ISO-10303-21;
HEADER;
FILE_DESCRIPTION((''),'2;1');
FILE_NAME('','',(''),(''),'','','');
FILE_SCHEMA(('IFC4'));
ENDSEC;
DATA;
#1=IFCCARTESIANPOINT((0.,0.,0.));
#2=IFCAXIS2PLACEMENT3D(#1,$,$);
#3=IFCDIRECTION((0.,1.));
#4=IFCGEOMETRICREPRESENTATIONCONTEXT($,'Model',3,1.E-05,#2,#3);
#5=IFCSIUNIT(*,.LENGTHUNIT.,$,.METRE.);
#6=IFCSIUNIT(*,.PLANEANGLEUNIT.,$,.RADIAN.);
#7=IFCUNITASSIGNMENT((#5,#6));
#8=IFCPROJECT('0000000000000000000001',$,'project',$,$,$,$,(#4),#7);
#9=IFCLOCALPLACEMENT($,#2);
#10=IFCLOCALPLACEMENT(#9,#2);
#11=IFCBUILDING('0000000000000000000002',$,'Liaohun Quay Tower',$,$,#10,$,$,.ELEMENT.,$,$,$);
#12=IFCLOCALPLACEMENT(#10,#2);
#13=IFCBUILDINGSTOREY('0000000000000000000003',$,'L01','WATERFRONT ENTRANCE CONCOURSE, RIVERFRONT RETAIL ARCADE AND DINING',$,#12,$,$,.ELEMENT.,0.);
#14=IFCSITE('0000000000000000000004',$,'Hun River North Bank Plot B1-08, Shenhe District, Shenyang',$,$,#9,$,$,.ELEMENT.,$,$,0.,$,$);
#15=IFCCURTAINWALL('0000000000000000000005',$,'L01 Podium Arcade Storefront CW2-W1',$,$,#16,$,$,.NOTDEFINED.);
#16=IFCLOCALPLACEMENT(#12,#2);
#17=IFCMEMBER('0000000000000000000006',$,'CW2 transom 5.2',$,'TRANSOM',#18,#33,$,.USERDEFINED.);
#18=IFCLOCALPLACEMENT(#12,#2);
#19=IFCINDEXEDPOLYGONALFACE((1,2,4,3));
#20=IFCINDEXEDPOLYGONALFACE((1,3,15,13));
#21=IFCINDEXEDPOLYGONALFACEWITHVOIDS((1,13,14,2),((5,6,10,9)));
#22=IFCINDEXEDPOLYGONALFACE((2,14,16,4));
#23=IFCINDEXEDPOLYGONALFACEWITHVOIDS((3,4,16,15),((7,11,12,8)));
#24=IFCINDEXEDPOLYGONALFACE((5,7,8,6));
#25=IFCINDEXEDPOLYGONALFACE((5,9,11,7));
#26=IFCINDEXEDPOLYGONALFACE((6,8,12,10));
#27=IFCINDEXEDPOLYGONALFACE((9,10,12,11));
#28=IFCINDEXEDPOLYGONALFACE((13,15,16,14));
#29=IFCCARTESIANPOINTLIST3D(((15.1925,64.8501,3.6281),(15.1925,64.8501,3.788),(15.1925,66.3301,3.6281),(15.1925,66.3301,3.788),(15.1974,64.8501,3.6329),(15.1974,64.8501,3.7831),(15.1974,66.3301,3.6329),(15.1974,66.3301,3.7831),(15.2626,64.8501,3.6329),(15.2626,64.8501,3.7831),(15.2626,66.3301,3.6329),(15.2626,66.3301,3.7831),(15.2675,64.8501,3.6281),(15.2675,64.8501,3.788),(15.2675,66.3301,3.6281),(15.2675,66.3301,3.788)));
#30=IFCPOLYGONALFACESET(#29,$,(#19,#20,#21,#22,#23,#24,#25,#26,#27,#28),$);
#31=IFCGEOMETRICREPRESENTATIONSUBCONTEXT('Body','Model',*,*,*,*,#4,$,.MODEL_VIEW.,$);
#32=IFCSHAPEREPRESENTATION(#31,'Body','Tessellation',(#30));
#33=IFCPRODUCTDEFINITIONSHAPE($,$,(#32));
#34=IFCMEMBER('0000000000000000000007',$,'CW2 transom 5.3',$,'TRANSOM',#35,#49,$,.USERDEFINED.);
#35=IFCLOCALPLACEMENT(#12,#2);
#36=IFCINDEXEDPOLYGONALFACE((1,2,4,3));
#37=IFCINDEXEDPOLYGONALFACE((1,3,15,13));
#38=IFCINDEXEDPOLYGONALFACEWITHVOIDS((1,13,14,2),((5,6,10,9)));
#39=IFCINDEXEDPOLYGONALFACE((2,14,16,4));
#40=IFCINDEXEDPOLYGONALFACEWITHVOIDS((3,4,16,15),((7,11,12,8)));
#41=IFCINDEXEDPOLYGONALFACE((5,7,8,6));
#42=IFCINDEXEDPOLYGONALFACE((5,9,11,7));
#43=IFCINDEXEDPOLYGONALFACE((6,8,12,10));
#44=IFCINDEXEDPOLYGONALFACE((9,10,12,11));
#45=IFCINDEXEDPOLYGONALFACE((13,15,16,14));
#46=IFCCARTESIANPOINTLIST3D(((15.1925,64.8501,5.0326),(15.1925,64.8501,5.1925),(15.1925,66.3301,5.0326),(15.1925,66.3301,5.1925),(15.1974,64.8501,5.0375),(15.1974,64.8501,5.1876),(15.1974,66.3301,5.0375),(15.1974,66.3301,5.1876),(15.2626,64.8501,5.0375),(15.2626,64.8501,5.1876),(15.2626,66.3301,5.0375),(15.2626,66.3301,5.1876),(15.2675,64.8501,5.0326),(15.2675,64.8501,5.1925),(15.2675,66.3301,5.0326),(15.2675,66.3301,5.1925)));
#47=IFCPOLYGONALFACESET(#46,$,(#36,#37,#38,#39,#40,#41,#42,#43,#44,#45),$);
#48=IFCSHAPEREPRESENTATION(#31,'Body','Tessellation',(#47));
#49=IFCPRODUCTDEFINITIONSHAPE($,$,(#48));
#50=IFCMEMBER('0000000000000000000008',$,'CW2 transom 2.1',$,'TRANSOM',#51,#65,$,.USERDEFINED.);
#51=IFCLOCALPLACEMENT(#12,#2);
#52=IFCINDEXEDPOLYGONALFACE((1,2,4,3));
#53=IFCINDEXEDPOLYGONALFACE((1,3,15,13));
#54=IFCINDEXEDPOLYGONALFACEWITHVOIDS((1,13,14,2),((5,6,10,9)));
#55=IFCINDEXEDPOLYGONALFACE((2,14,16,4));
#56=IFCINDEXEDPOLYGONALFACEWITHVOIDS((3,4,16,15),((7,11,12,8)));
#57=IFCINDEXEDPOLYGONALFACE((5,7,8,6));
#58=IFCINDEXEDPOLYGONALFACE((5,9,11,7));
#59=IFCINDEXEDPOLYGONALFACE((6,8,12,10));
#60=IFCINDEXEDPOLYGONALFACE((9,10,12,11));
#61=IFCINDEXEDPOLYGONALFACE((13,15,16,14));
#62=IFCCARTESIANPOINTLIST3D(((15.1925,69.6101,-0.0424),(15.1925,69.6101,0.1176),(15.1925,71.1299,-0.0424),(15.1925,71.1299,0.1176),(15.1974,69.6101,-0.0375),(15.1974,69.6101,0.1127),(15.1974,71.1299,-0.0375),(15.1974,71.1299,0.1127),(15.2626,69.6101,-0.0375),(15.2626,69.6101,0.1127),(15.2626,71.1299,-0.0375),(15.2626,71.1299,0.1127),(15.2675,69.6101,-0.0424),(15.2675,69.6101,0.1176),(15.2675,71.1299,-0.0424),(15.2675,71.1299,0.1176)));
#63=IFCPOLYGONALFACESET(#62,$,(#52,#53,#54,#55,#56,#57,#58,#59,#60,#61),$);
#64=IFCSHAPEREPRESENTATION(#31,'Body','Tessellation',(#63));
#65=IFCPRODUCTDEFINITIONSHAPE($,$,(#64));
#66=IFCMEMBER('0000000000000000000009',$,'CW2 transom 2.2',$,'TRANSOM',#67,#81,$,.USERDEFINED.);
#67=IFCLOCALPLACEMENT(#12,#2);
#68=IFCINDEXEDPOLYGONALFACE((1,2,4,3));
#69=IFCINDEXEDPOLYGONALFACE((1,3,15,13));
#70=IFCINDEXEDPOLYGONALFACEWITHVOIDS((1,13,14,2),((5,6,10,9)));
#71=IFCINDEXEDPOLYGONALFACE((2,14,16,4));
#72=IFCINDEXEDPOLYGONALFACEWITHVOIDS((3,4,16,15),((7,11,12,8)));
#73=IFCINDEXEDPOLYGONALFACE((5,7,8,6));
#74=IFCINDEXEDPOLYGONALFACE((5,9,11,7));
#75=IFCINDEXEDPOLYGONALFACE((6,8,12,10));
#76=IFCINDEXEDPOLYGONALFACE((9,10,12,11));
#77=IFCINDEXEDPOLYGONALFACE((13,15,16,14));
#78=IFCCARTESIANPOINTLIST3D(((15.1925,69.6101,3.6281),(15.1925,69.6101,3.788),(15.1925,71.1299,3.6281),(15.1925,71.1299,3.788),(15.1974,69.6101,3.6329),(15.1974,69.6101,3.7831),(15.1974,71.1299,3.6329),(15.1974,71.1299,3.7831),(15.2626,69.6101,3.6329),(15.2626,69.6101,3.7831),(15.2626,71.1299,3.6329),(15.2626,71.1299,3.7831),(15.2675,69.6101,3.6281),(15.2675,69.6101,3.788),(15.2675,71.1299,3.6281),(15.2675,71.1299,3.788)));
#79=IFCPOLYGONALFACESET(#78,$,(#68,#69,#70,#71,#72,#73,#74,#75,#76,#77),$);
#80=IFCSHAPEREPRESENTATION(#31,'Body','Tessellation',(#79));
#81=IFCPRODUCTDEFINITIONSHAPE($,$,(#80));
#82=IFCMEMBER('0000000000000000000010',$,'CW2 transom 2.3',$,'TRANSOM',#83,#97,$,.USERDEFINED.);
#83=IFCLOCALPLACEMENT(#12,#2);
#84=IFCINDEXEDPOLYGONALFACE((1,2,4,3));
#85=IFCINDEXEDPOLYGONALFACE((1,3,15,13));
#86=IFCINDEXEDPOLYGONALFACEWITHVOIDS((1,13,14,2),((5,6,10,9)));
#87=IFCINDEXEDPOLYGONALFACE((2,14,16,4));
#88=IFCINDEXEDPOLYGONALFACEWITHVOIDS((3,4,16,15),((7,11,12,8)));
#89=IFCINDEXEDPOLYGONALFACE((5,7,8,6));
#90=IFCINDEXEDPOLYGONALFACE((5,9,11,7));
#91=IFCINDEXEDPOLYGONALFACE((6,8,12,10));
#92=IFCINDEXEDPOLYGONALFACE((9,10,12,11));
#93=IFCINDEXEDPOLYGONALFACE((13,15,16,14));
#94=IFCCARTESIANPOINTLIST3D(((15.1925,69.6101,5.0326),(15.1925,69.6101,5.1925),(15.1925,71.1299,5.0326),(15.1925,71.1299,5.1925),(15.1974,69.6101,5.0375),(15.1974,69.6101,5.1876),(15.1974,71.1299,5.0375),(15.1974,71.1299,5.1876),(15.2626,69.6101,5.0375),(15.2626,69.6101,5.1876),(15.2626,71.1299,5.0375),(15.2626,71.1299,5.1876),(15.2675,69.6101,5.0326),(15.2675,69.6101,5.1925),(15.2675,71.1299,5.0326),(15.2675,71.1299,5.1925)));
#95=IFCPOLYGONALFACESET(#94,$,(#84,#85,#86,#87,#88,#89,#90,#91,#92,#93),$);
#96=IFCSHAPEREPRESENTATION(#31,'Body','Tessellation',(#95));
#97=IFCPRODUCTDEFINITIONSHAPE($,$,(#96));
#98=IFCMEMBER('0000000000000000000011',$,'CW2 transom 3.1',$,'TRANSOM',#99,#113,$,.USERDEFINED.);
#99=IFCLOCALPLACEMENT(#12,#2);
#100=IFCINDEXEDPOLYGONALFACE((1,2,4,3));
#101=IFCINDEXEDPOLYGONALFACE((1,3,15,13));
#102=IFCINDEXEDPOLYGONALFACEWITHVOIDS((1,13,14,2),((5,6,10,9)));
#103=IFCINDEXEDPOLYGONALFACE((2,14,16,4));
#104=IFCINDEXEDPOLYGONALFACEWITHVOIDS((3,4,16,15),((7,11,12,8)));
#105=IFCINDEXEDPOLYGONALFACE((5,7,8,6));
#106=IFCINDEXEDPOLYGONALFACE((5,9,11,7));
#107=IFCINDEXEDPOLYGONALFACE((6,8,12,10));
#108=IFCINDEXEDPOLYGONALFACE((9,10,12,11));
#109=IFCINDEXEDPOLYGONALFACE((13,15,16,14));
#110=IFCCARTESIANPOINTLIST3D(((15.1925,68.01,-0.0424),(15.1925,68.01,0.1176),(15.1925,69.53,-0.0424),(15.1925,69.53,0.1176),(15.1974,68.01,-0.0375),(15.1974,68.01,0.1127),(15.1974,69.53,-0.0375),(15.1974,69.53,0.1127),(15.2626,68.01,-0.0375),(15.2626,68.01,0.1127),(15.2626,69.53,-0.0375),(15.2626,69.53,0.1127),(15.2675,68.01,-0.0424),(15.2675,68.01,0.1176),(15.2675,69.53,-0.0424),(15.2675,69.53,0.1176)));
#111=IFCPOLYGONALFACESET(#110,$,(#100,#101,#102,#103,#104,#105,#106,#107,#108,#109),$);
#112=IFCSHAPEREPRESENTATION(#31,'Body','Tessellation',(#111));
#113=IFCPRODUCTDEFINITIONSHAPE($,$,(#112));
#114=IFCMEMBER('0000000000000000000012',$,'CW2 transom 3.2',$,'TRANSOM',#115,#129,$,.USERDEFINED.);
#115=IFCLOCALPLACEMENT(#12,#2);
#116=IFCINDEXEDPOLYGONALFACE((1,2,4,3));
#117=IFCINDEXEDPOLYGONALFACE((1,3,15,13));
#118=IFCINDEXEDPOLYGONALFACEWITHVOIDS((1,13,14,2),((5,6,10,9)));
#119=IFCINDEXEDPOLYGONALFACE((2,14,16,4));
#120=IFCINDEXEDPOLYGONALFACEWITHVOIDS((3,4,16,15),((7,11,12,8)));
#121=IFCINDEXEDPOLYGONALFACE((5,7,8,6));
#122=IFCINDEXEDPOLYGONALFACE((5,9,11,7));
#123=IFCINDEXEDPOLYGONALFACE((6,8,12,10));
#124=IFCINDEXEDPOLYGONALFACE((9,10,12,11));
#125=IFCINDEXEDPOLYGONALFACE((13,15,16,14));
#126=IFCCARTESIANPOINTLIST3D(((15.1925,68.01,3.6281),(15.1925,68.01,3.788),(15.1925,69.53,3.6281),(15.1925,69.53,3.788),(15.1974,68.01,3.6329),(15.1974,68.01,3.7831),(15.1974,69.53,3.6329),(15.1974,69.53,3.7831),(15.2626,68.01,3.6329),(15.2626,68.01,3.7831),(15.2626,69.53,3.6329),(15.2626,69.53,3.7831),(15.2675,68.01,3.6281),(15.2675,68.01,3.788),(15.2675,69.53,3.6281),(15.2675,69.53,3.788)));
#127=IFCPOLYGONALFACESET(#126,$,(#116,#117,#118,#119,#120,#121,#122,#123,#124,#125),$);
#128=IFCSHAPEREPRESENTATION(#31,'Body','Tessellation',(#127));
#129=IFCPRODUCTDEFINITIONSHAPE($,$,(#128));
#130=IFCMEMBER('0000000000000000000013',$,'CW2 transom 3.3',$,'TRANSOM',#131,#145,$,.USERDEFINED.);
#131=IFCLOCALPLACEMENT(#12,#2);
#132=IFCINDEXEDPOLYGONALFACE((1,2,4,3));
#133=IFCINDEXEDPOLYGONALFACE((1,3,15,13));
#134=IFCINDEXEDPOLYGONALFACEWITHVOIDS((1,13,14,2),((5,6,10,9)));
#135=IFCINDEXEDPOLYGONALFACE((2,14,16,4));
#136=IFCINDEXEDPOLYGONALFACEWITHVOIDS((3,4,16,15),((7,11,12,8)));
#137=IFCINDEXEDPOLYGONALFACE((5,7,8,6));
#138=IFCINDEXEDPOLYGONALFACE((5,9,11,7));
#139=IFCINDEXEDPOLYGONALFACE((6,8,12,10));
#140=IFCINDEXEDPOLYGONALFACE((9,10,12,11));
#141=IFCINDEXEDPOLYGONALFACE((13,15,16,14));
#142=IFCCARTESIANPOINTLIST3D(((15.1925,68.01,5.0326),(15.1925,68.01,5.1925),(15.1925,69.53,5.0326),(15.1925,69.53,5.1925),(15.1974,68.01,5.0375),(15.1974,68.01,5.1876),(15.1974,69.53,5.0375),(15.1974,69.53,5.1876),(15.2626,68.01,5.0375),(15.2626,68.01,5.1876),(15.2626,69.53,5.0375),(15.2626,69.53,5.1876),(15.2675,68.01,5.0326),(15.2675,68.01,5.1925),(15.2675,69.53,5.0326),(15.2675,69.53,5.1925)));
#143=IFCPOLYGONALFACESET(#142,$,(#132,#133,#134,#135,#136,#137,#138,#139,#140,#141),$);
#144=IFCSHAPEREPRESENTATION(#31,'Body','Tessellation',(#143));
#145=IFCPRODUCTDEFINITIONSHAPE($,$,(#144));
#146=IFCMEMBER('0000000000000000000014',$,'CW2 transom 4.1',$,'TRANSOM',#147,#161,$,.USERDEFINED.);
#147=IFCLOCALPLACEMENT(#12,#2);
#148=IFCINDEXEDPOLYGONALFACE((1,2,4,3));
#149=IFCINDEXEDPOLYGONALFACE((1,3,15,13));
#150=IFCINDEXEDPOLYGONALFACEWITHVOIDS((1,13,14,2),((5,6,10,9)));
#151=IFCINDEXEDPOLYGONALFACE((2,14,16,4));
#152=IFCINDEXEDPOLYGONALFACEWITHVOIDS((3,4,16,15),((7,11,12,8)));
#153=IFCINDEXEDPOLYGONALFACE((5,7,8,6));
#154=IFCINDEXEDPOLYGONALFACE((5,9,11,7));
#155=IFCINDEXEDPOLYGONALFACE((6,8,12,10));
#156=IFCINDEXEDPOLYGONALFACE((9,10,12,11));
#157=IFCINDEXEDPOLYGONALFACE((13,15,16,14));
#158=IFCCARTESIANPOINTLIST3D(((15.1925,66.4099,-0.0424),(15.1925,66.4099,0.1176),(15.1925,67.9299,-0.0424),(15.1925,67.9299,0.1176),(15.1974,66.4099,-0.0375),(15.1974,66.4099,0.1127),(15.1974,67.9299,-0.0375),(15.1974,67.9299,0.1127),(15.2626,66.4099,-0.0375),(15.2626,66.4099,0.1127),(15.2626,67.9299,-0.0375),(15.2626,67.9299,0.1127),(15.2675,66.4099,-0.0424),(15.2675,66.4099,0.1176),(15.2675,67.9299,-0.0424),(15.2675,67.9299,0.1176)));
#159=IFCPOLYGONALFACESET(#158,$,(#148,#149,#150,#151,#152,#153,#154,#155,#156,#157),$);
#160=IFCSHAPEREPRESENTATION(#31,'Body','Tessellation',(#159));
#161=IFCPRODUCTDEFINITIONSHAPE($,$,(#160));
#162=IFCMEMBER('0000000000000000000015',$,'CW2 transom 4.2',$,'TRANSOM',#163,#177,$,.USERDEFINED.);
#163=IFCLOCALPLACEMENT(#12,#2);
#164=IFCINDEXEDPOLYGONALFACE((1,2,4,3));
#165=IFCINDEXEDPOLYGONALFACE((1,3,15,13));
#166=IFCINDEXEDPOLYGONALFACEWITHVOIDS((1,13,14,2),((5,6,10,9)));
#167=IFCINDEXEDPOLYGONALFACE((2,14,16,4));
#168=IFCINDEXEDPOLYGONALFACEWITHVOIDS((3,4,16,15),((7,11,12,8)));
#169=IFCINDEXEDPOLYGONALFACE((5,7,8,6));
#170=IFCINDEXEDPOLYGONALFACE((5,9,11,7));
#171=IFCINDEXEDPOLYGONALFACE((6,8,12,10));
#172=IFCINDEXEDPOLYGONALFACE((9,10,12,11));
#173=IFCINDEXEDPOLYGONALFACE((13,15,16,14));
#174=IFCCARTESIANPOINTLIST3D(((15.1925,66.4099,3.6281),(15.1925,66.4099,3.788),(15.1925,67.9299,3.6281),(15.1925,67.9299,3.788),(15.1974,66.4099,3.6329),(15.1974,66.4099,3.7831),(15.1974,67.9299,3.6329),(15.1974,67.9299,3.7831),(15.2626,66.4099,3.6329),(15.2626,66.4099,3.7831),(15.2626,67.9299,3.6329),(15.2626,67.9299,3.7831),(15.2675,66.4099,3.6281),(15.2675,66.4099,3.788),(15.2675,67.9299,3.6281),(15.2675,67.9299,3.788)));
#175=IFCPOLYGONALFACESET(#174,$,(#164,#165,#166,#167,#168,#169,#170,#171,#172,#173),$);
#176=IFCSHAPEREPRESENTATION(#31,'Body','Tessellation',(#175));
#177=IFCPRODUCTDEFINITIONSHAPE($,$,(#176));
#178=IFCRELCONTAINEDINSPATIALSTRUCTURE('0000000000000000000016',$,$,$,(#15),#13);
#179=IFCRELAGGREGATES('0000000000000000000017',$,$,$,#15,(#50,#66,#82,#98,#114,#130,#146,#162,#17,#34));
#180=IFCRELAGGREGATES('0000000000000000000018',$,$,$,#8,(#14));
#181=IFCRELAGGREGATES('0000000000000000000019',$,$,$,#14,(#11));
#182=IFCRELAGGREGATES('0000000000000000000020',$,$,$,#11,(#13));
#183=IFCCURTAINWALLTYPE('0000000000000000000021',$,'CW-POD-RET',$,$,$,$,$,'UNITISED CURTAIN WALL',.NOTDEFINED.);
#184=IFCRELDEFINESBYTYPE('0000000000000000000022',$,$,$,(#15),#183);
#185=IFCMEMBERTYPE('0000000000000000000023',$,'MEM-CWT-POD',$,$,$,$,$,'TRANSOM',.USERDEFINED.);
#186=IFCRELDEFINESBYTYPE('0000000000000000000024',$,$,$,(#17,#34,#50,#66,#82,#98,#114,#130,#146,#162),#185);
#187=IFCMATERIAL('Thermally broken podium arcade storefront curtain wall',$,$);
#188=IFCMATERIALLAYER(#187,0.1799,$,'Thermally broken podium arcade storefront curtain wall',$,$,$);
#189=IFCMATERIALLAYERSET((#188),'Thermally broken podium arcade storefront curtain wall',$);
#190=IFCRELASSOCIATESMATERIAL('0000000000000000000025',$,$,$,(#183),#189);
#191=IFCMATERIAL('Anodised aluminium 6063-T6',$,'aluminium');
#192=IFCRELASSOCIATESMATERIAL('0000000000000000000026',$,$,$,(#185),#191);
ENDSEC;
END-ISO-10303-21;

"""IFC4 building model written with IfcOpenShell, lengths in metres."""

from ifc_helpers import new_model, si_unit, direction, frame, origin, origin_2d, place, context, subcontext, project, spatial, hollow_rectangle, extrude, source, transform, mapped, material, layer, layer_set, material_profile, profile_set, type_object, element, aggregate, save


model = new_model("IFC4")

# Units and contexts
model_context = context("Model", 3, precision=1e-05, world=origin(), true_north=direction((0.0, 1.0)))
body_context = subcontext(model_context, "Body", "Model", "MODEL_VIEW")
ifc_project = project(units=[si_unit("LENGTHUNIT", "METRE"), si_unit("PLANEANGLEUNIT", "RADIAN")], contexts=[model_context])

# Site, building, storey
site_placement = place(None, origin())
site = spatial("IfcSite", under=ifc_project, at=site_placement, Name="Hun River North Bank Plot B1-08, Shenhe District, Shenyang", CompositionType="ELEMENT", RefElevation=0.0)
building_placement = place(site_placement, origin())
building = spatial("IfcBuilding", under=site, at=building_placement, Name="Liaohun Quay Tower", CompositionType="ELEMENT")
storey_placement = place(building_placement, origin())
storey = spatial("IfcBuildingStorey", under=building, at=storey_placement, Name="L01", Description="WATERFRONT ENTRANCE CONCOURSE, RIVERFRONT RETAIL ARCADE AND DINING", CompositionType="ELEMENT", Elevation=0.0)

# Curtain wall, members
ifc_material_1 = material(Name="Thermally broken podium arcade storefront curtain wall")
ifc_layer_1 = layer(ifc_material_1, 0.1799, Name="Thermally broken podium arcade storefront curtain wall")
ifc_layer_set_1 = layer_set([ifc_layer_1], Name="Thermally broken podium arcade storefront curtain wall")
curtain_wall_type = type_object("IfcCurtainWallType", Name="CW-POD-RET", ElementType="UNITISED CURTAIN WALL", PredefinedType="NOTDEFINED", material=ifc_layer_set_1)
curtain_wall_placement = place(storey_placement, origin())
curtain_wall = element("IfcCurtainWall", 1, at=curtain_wall_placement, inside=storey, type_object=curtain_wall_type, Name="L01 Podium Arcade Storefront CW2-W1", PredefinedType="NOTDEFINED")
ifc_material_2 = material(Name="Anodised aluminium 6063-T6", Category="aluminium")
ifc_material_profile_1 = material_profile(ifc_material_2, hollow_rectangle(XDim=0.075, YDim=0.1599, WallThickness=0.0049, at=origin_2d()), Name="RHS160x75x5")
ifc_profile_set_1 = profile_set([ifc_material_profile_1], Name="Anodised aluminium 6063-T6")
member_type_1 = type_object("IfcMemberType", Name="MEM-CWT-POD", ElementType="TRANSOM", PredefinedType="USERDEFINED", material=ifc_profile_set_1)
shared_shape_1 = source(origin(), body_context, "Body", "SweptSolid", [
    extrude(hollow_rectangle(XDim=0.075, YDim=0.1599, WallThickness=0.0049, at=origin_2d()), origin(), (0.0, 0.0, 1.0), 1.48),
])
member_1_placement = place(storey_placement, frame((15.23, 66.3301, 3.708), z_axis=(0.0, -1.0, 0.0), x_axis=(1.0, 0.0, 0.0)))
member_1 = element("IfcMember", 2, at=member_1_placement, type_object=member_type_1, Name="CW2 transom 5.2", ObjectType="TRANSOM", PredefinedType="USERDEFINED", context=body_context, shape_type="MappedRepresentation", body=[
    mapped(shared_shape_1, transform((0.0, 0.0, 0.0), x_axis=(1.0, 0.0, 0.0), y_axis=(0.0, 1.0, 0.0), z_axis=(0.0, 0.0, 1.0), scale=1.0)),
])
member_2_placement = place(storey_placement, frame((15.23, 66.3301, 5.1125), z_axis=(0.0, -1.0, 0.0), x_axis=(1.0, 0.0, 0.0)))
member_2 = element("IfcMember", 3, at=member_2_placement, type_object=member_type_1, Name="CW2 transom 5.3", ObjectType="TRANSOM", PredefinedType="USERDEFINED", context=body_context, shape_type="MappedRepresentation", body=[
    mapped(shared_shape_1, transform((0.0, 0.0, 0.0), x_axis=(1.0, 0.0, 0.0), y_axis=(0.0, 1.0, 0.0), z_axis=(0.0, 0.0, 1.0), scale=1.0)),
])
shared_shape_2 = source(origin(), body_context, "Body", "SweptSolid", [
    extrude(hollow_rectangle(XDim=0.075, YDim=0.1599, WallThickness=0.0049, at=origin_2d()), origin(), (0.0, 0.0, 1.0), 1.5198),
])
member_3_placement = place(storey_placement, frame((15.23, 71.1299, 0.0376), z_axis=(0.0, -1.0, 0.0), x_axis=(1.0, 0.0, 0.0)))
member_3 = element("IfcMember", 4, at=member_3_placement, type_object=member_type_1, Name="CW2 transom 2.1", ObjectType="TRANSOM", PredefinedType="USERDEFINED", context=body_context, shape_type="MappedRepresentation", body=[
    mapped(shared_shape_2, transform((0.0, 0.0, 0.0), x_axis=(1.0, 0.0, 0.0), y_axis=(0.0, 1.0, 0.0), z_axis=(0.0, 0.0, 1.0), scale=1.0)),
])
member_4_placement = place(storey_placement, frame((15.23, 71.1299, 3.708), z_axis=(0.0, -1.0, 0.0), x_axis=(1.0, 0.0, 0.0)))
member_4 = element("IfcMember", 5, at=member_4_placement, type_object=member_type_1, Name="CW2 transom 2.2", ObjectType="TRANSOM", PredefinedType="USERDEFINED", context=body_context, shape_type="MappedRepresentation", body=[
    mapped(shared_shape_2, transform((0.0, 0.0, 0.0), x_axis=(1.0, 0.0, 0.0), y_axis=(0.0, 1.0, 0.0), z_axis=(0.0, 0.0, 1.0), scale=1.0)),
])
member_5_placement = place(storey_placement, frame((15.23, 71.1299, 5.1125), z_axis=(0.0, -1.0, 0.0), x_axis=(1.0, 0.0, 0.0)))
member_5 = element("IfcMember", 6, at=member_5_placement, type_object=member_type_1, Name="CW2 transom 2.3", ObjectType="TRANSOM", PredefinedType="USERDEFINED", context=body_context, shape_type="MappedRepresentation", body=[
    mapped(shared_shape_2, transform((0.0, 0.0, 0.0), x_axis=(1.0, 0.0, 0.0), y_axis=(0.0, 1.0, 0.0), z_axis=(0.0, 0.0, 1.0), scale=1.0)),
])
shared_shape_3 = source(origin(), body_context, "Body", "SweptSolid", [
    extrude(hollow_rectangle(XDim=0.075, YDim=0.1599, WallThickness=0.0049, at=origin_2d()), origin(), (0.0, 0.0, 1.0), 1.52),
])
member_6_placement = place(storey_placement, frame((15.23, 69.53, 0.0376), z_axis=(0.0, -1.0, 0.0), x_axis=(1.0, 0.0, 0.0)))
member_6 = element("IfcMember", 7, at=member_6_placement, type_object=member_type_1, Name="CW2 transom 3.1", ObjectType="TRANSOM", PredefinedType="USERDEFINED", context=body_context, shape_type="MappedRepresentation", body=[
    mapped(shared_shape_3, transform((0.0, 0.0, 0.0), x_axis=(1.0, 0.0, 0.0), y_axis=(0.0, 1.0, 0.0), z_axis=(0.0, 0.0, 1.0), scale=1.0)),
])
member_7_placement = place(storey_placement, frame((15.23, 69.53, 3.708), z_axis=(0.0, -1.0, 0.0), x_axis=(1.0, 0.0, 0.0)))
member_7 = element("IfcMember", 8, at=member_7_placement, type_object=member_type_1, Name="CW2 transom 3.2", ObjectType="TRANSOM", PredefinedType="USERDEFINED", context=body_context, shape_type="MappedRepresentation", body=[
    mapped(shared_shape_3, transform((0.0, 0.0, 0.0), x_axis=(1.0, 0.0, 0.0), y_axis=(0.0, 1.0, 0.0), z_axis=(0.0, 0.0, 1.0), scale=1.0)),
])
member_8_placement = place(storey_placement, frame((15.23, 69.53, 5.1125), z_axis=(0.0, -1.0, 0.0), x_axis=(1.0, 0.0, 0.0)))
member_8 = element("IfcMember", 9, at=member_8_placement, type_object=member_type_1, Name="CW2 transom 3.3", ObjectType="TRANSOM", PredefinedType="USERDEFINED", context=body_context, shape_type="MappedRepresentation", body=[
    mapped(shared_shape_3, transform((0.0, 0.0, 0.0), x_axis=(1.0, 0.0, 0.0), y_axis=(0.0, 1.0, 0.0), z_axis=(0.0, 0.0, 1.0), scale=1.0)),
])
member_9_placement = place(storey_placement, frame((15.23, 67.9299, 0.0376), z_axis=(0.0, -1.0, 0.0), x_axis=(1.0, 0.0, 0.0)))
member_9 = element("IfcMember", 10, at=member_9_placement, type_object=member_type_1, Name="CW2 transom 4.1", ObjectType="TRANSOM", PredefinedType="USERDEFINED", context=body_context, shape_type="MappedRepresentation", body=[
    mapped(shared_shape_3, transform((0.0, 0.0, 0.0), x_axis=(1.0, 0.0, 0.0), y_axis=(0.0, 1.0, 0.0), z_axis=(0.0, 0.0, 1.0), scale=1.0)),
])
member_10_placement = place(storey_placement, frame((15.23, 67.9299, 3.708), z_axis=(0.0, -1.0, 0.0), x_axis=(1.0, 0.0, 0.0)))
member_10 = element("IfcMember", 11, at=member_10_placement, type_object=member_type_1, Name="CW2 transom 4.2", ObjectType="TRANSOM", PredefinedType="USERDEFINED", context=body_context, shape_type="MappedRepresentation", body=[
    mapped(shared_shape_3, transform((0.0, 0.0, 0.0), x_axis=(1.0, 0.0, 0.0), y_axis=(0.0, 1.0, 0.0), z_axis=(0.0, 0.0, 1.0), scale=1.0)),
])
aggregate(curtain_wall, [member_3, member_4, member_5, member_6, member_7, member_8, member_9, member_10, member_1, member_2])

save(model, "model.ifc")
